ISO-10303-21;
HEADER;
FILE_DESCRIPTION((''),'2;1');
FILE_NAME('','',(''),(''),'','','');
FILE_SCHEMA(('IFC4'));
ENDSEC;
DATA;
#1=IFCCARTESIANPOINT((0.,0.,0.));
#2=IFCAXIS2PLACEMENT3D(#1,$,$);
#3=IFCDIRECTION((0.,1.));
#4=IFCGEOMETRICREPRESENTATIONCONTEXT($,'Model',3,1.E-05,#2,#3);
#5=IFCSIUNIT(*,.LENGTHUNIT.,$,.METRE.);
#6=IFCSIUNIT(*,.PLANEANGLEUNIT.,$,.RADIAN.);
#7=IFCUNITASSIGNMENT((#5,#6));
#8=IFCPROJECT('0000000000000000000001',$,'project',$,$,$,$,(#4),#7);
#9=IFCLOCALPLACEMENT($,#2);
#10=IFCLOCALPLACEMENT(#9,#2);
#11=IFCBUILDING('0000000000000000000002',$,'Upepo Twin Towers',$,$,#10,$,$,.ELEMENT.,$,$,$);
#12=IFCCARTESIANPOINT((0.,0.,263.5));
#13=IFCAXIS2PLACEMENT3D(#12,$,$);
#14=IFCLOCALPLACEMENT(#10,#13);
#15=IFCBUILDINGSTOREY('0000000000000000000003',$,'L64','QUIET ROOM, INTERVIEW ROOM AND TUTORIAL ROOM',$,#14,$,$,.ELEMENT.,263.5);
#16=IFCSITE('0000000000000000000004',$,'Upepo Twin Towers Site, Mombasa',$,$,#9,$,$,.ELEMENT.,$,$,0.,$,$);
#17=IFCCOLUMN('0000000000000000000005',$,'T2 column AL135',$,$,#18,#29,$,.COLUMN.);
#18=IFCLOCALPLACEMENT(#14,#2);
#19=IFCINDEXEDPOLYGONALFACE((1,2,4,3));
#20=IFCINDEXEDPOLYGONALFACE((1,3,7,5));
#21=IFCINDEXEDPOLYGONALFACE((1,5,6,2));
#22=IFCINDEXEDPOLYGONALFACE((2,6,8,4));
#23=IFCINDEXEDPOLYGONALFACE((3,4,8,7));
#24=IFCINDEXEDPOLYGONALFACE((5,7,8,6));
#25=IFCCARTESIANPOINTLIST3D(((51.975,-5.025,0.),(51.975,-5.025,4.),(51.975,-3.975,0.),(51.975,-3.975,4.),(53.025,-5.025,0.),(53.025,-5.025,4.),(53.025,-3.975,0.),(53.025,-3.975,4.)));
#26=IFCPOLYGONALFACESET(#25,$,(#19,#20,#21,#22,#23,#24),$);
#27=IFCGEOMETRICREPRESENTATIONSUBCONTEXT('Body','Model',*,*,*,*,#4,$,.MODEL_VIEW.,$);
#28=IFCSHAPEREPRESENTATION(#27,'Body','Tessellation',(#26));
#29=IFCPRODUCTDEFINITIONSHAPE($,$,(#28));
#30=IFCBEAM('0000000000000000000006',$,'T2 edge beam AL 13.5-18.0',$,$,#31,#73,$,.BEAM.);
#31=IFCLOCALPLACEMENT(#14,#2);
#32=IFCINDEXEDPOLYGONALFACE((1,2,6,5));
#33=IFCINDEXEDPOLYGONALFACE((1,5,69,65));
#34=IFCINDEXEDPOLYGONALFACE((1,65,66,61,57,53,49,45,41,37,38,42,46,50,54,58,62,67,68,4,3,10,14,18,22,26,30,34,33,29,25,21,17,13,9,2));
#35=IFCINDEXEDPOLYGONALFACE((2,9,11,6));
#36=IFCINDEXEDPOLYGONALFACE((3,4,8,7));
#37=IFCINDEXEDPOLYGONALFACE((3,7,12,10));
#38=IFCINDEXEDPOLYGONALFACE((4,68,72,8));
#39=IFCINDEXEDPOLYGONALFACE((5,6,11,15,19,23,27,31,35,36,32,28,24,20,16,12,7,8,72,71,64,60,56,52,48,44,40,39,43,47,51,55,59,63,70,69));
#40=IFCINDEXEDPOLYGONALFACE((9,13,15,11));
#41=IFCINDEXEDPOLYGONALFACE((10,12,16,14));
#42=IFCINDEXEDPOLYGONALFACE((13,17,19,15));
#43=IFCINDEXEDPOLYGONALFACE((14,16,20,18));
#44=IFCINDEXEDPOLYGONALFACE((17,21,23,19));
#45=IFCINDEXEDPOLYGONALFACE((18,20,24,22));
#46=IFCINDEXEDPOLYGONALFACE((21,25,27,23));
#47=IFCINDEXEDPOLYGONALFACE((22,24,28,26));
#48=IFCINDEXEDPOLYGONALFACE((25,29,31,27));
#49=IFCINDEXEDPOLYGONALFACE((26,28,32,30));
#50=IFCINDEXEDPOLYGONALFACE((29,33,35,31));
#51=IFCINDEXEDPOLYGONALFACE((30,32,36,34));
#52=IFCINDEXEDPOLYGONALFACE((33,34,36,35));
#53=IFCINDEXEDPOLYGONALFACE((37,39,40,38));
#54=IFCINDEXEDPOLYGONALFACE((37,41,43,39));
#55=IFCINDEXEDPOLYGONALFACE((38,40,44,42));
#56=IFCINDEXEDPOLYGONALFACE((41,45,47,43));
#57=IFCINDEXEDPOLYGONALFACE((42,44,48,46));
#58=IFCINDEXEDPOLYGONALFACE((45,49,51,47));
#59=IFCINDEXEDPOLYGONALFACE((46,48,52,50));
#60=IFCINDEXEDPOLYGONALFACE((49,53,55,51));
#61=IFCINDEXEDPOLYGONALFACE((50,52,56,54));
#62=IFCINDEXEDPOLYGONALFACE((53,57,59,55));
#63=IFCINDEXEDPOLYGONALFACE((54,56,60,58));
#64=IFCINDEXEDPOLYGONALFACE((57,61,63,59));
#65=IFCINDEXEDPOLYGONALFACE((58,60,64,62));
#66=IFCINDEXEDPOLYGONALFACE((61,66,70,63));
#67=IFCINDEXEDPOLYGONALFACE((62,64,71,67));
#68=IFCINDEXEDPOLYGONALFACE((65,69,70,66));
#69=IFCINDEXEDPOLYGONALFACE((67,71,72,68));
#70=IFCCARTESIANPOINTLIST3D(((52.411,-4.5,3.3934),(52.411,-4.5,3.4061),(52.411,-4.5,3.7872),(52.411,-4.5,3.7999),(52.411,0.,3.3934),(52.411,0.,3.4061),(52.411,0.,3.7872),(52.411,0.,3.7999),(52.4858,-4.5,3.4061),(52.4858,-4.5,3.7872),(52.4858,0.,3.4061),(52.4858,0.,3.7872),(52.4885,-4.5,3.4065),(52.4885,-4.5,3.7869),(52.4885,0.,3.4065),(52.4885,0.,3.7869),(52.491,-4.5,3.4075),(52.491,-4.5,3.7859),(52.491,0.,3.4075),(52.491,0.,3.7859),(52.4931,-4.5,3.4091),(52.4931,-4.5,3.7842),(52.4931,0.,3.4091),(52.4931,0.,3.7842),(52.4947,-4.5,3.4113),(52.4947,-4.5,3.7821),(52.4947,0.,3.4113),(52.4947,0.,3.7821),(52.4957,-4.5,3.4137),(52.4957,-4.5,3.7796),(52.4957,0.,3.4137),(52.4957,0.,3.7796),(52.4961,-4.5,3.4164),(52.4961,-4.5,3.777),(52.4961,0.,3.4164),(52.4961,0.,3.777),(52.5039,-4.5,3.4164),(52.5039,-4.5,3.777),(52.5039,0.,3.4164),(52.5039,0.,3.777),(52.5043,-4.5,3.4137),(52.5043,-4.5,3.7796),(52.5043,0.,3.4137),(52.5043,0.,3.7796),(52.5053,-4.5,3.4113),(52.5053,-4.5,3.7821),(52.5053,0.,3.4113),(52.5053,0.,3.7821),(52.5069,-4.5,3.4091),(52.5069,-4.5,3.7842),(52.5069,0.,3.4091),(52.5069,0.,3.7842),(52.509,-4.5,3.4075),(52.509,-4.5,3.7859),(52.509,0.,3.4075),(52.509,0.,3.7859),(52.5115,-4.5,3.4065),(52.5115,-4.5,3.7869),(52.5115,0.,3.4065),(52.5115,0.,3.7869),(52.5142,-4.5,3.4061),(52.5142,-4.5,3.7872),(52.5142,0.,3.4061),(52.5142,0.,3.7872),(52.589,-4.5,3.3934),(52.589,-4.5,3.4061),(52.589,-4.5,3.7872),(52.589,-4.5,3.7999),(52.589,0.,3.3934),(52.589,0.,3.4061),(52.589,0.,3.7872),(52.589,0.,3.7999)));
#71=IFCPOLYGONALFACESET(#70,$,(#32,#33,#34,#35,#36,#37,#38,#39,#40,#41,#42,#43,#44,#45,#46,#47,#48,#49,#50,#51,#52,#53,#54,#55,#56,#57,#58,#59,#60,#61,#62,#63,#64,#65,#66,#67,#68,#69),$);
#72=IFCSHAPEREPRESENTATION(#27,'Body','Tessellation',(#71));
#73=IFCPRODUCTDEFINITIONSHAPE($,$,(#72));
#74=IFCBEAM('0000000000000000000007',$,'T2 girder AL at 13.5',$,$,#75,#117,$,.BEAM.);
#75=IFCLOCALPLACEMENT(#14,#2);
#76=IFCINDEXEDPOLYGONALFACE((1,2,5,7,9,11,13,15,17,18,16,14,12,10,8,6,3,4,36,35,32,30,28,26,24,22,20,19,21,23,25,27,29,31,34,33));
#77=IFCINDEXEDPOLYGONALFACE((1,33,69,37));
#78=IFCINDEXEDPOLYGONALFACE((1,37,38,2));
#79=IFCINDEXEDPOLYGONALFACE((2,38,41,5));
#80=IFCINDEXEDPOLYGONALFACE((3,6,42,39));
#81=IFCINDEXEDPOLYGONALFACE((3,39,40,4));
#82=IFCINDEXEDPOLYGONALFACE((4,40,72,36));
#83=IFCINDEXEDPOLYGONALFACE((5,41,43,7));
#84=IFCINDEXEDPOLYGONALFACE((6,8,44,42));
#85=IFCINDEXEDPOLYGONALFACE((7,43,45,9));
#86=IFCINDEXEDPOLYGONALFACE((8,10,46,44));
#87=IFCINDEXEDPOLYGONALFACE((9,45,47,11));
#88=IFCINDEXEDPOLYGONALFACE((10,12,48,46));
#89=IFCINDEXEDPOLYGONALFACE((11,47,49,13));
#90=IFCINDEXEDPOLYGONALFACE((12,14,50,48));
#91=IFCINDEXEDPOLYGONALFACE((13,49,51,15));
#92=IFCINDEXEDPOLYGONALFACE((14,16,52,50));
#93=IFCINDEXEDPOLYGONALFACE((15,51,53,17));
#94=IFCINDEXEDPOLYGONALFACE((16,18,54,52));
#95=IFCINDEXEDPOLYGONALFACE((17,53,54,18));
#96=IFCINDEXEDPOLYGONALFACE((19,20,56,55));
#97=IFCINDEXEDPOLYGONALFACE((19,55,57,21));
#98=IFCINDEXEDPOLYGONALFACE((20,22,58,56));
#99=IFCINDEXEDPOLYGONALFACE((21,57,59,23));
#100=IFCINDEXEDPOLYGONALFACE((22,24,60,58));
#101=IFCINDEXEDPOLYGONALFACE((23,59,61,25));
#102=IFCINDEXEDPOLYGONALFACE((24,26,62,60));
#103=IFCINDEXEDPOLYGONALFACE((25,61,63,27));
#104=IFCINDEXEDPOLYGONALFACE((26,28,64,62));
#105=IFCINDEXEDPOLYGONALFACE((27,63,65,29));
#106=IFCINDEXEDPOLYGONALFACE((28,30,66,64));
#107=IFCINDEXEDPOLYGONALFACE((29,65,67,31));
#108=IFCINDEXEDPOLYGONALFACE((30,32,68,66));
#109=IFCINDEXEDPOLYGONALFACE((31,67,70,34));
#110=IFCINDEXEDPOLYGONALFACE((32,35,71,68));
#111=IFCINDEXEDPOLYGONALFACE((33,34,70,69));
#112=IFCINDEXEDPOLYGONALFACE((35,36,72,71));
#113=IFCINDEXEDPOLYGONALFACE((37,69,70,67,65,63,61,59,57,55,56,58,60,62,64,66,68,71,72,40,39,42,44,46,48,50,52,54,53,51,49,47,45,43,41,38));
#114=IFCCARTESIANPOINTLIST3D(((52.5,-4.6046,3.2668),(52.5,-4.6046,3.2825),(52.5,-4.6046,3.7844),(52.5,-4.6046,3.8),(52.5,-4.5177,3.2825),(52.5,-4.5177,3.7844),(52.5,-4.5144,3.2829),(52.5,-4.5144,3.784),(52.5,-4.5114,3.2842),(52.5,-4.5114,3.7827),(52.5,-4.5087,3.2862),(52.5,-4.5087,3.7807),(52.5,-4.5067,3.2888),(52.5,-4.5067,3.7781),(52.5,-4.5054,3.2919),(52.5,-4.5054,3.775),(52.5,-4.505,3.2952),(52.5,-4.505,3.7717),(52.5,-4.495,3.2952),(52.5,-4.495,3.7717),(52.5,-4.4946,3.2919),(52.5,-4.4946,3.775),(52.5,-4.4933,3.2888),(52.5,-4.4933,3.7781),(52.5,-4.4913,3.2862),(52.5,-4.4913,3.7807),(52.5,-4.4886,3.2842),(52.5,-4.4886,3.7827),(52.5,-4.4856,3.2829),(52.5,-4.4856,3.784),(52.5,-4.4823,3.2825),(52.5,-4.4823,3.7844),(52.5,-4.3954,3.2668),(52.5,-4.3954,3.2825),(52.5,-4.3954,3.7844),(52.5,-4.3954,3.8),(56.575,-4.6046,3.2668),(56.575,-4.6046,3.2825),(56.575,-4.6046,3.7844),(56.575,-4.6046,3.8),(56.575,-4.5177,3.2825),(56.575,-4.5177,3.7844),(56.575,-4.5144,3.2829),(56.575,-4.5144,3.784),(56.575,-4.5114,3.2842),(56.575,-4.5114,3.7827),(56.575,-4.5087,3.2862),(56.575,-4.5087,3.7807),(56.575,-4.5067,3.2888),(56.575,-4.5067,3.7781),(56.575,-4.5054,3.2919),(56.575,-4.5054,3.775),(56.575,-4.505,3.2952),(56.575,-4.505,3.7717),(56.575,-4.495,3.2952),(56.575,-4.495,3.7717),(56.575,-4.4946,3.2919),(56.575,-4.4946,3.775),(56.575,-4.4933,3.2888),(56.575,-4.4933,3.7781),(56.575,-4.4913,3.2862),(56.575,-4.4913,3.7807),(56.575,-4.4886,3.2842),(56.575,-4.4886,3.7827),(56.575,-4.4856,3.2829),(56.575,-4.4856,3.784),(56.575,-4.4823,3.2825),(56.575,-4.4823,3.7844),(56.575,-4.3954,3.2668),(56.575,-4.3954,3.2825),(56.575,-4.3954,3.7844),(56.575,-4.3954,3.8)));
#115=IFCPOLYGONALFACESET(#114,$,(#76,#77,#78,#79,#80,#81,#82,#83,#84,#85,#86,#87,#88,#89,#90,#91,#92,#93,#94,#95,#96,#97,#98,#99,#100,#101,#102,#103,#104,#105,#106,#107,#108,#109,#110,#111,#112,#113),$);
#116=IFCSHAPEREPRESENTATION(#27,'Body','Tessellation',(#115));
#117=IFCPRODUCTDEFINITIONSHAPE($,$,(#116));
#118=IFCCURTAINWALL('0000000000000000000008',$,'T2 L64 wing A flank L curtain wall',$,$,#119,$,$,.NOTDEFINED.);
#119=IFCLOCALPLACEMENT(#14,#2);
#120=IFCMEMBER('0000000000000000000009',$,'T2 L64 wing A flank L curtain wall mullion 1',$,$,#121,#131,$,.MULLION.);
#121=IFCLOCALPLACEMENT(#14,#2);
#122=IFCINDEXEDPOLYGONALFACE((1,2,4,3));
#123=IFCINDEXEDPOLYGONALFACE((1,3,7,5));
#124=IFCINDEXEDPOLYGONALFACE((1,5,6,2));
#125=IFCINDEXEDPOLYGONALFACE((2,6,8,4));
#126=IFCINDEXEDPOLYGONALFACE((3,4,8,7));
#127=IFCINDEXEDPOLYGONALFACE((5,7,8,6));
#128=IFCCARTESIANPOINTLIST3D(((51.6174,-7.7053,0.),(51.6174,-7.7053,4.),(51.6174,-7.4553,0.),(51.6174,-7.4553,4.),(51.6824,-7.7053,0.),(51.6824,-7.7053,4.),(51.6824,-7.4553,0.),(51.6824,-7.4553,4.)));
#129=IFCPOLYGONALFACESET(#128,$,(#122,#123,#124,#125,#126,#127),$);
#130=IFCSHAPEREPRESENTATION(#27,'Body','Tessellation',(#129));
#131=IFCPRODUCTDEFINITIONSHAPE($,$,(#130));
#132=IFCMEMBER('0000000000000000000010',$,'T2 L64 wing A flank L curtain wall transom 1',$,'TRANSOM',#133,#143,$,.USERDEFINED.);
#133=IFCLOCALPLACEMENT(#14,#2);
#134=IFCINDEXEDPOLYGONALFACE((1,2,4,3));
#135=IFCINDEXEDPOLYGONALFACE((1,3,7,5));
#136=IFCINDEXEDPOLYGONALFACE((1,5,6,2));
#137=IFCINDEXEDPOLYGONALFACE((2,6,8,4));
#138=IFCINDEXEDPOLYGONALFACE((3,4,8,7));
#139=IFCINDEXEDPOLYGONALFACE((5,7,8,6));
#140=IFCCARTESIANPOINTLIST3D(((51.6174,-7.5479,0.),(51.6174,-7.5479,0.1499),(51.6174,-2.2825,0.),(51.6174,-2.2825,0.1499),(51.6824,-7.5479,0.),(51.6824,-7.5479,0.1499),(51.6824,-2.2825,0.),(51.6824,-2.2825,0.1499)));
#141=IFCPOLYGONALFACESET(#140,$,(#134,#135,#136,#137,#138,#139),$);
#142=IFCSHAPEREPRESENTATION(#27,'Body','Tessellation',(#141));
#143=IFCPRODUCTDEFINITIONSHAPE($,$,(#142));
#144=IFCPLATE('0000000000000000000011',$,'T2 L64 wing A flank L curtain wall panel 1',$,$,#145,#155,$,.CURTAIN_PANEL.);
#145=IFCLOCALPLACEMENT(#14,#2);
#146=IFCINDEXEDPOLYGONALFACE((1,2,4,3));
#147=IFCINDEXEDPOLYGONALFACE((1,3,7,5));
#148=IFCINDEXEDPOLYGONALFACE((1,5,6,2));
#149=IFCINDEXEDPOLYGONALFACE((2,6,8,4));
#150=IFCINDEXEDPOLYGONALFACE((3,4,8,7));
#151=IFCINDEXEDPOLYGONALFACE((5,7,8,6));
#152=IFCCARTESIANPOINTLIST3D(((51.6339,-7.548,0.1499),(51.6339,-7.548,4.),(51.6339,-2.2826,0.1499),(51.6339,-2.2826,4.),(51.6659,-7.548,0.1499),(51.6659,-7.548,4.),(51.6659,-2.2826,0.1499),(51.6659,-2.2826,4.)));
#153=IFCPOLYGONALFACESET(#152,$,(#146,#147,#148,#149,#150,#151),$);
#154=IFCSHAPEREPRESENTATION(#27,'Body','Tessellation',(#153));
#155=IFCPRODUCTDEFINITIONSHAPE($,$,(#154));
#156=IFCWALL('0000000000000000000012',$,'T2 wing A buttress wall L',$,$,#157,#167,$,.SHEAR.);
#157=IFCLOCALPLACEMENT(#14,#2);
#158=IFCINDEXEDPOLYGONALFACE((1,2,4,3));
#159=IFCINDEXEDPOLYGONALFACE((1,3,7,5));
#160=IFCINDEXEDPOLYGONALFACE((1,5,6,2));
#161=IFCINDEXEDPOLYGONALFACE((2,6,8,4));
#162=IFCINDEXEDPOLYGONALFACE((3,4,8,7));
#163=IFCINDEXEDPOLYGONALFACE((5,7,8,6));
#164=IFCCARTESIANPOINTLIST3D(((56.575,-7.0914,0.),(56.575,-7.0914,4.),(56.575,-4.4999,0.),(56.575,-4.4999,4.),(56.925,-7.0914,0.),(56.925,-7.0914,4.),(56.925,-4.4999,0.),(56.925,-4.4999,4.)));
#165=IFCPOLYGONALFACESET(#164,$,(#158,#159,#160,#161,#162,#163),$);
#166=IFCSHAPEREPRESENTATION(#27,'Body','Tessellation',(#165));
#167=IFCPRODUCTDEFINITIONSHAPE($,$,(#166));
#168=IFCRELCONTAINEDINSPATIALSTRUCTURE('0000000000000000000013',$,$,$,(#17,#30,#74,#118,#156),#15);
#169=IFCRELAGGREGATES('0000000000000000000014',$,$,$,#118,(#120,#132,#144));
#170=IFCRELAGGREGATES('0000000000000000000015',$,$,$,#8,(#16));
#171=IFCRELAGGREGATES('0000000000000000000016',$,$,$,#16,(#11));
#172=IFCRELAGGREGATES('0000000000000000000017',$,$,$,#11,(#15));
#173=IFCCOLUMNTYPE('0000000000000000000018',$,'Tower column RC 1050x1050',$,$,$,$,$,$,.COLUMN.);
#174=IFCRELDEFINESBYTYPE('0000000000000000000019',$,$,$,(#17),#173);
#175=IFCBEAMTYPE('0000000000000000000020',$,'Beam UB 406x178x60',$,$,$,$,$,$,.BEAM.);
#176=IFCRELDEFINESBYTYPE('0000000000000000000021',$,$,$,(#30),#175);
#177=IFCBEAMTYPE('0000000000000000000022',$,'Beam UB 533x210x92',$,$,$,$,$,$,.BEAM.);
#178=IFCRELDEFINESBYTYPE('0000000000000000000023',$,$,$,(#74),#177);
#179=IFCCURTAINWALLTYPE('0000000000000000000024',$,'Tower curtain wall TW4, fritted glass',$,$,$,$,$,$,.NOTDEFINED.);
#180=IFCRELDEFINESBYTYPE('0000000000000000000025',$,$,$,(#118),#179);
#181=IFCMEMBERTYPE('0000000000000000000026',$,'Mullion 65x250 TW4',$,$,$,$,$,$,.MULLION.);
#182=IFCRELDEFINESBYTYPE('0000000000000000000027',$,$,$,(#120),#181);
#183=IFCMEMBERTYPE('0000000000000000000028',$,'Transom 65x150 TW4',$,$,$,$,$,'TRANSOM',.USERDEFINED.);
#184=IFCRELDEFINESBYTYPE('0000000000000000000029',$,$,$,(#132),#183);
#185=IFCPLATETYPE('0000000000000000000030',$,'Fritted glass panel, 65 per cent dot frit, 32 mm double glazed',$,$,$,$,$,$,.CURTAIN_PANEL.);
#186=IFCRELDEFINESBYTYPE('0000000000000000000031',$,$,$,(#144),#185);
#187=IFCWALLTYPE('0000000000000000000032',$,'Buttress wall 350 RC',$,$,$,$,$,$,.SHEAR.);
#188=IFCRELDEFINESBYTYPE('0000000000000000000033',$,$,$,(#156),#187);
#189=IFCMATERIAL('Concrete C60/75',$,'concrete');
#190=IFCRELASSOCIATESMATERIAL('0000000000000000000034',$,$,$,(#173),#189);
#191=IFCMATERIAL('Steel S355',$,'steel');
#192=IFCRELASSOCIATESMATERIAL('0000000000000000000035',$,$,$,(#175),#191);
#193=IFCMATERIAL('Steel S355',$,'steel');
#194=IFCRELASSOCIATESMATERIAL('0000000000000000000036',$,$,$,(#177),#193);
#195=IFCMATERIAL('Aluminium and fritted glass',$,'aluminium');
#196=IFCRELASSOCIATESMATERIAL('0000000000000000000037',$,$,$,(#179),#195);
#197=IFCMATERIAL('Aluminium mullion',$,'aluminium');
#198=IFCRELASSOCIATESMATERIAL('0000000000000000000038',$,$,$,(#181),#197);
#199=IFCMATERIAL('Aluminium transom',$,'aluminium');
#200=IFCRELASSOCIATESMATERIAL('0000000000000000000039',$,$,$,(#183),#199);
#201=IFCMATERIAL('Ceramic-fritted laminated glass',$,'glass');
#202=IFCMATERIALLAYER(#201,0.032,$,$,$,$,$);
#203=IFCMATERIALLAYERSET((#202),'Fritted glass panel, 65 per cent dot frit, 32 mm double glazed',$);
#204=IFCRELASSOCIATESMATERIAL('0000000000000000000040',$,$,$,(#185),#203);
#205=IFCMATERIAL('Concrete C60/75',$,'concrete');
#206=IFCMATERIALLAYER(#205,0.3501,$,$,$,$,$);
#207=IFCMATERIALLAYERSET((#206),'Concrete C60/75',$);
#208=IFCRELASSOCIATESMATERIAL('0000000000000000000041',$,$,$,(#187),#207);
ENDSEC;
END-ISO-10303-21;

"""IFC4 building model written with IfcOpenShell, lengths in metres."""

from ifc_helpers import new_model, si_unit, direction, frame, frame_2d, origin, origin_2d, place, context, subcontext, project, spatial, rectangle, i_section, extrude, material, layer, layer_set, material_profile, profile_set, type_object, element, aggregate, save


model = new_model("IFC4")

# Units and contexts
model_context = context("Model", 3, precision=1e-05, world=origin(), true_north=direction((0.0, 1.0)))
body_context = subcontext(model_context, "Body", "Model", "MODEL_VIEW")
ifc_project = project(units=[si_unit("LENGTHUNIT", "METRE"), si_unit("PLANEANGLEUNIT", "RADIAN")], contexts=[model_context])

# Site, building, storey
site_placement = place(None, origin())
site = spatial("IfcSite", under=ifc_project, at=site_placement, Name="Upepo Twin Towers Site, Mombasa", CompositionType="ELEMENT", RefElevation=0.0)
building_placement = place(site_placement, origin())
building = spatial("IfcBuilding", under=site, at=building_placement, Name="Upepo Twin Towers", CompositionType="ELEMENT")
storey_placement = place(building_placement, frame((0.0, 0.0, 263.5)))
storey = spatial("IfcBuildingStorey", under=building, at=storey_placement, Name="L64", Description="QUIET ROOM, INTERVIEW ROOM AND TUTORIAL ROOM", CompositionType="ELEMENT", Elevation=263.5)

# Column
ifc_material_1 = material(Name="Concrete C60/75", Category="concrete")
ifc_material_profile_1 = material_profile(ifc_material_1, rectangle(XDim=1.05, YDim=1.05, at=origin_2d()), Name="RC 1050x1050")
ifc_profile_set_1 = profile_set([ifc_material_profile_1], Name="Concrete C60/75")
column_type = type_object("IfcColumnType", Name="Tower column RC 1050x1050", PredefinedType="COLUMN", material=ifc_profile_set_1)
column_placement = place(storey_placement, frame((52.5, -4.5, 0.0), z_axis=(0.0, 0.0, 1.0), x_axis=(1.0, 0.0, 0.0)))
element("IfcColumn", 1, at=column_placement, inside=storey, type_object=column_type, Name="T2 column AL135", PredefinedType="COLUMN", context=body_context, shape_type="SweptSolid", body=[
    extrude(rectangle(XDim=1.05, YDim=1.05, at=origin_2d()), origin(), (0.0, 0.0, 1.0), 4.0),
])

# Beams
ifc_material_2 = material(Name="Steel S355", Category="steel")
ifc_material_profile_2 = material_profile(ifc_material_2, i_section(OverallWidth=0.178, OverallDepth=0.4065, WebThickness=0.0078, FlangeThickness=0.0127, FilletRadius=0.0103, at=origin_2d()), Name="UB 406x178x60")
ifc_profile_set_2 = profile_set([ifc_material_profile_2], Name="Steel S355")
beam_type_1 = type_object("IfcBeamType", Name="Beam UB 406x178x60", PredefinedType="BEAM", material=ifc_profile_set_2)
beam_1_placement = place(storey_placement, frame((52.5, -4.5, 3.5967), z_axis=(0.0, 1.0, 0.0), x_axis=(-1.0, 0.0, 0.0)))
element("IfcBeam", 2, at=beam_1_placement, inside=storey, type_object=beam_type_1, Name="T2 edge beam AL 13.5-18.0", PredefinedType="BEAM", context=body_context, shape_type="SweptSolid", body=[
    extrude(i_section(OverallWidth=0.178, OverallDepth=0.4065, WebThickness=0.0078, FlangeThickness=0.0127, FilletRadius=0.0103, at=origin_2d()), origin(), (0.0, 0.0, 1.0), 4.5),
])
ifc_material_3 = material(Name="Steel S355", Category="steel")
ifc_material_profile_3 = material_profile(ifc_material_3, i_section(OverallWidth=0.2092, OverallDepth=0.5332, WebThickness=0.01, FlangeThickness=0.0156, FilletRadius=0.0127, at=origin_2d()), Name="UB 533x210x92")
ifc_profile_set_3 = profile_set([ifc_material_profile_3], Name="Steel S355")
beam_type_2 = type_object("IfcBeamType", Name="Beam UB 533x210x92", PredefinedType="BEAM", material=ifc_profile_set_3)
beam_2_placement = place(storey_placement, frame((52.5, -4.5, 3.5334), z_axis=(1.0, 0.0, 0.0), x_axis=(0.0, 1.0, 0.0)))
element("IfcBeam", 3, at=beam_2_placement, inside=storey, type_object=beam_type_2, Name="T2 girder AL at 13.5", PredefinedType="BEAM", context=body_context, shape_type="SweptSolid", body=[
    extrude(i_section(OverallWidth=0.2092, OverallDepth=0.5332, WebThickness=0.01, FlangeThickness=0.0156, FilletRadius=0.0127, at=origin_2d()), origin(), (0.0, 0.0, 1.0), 4.075),
])

# Curtain wall, members, plate
ifc_material_4 = material(Name="Aluminium and fritted glass", Category="aluminium")
curtain_wall_type = type_object("IfcCurtainWallType", Name="Tower curtain wall TW4, fritted glass", PredefinedType="NOTDEFINED", material=ifc_material_4)
curtain_wall_placement = place(storey_placement, origin())
curtain_wall = element("IfcCurtainWall", 4, at=curtain_wall_placement, inside=storey, type_object=curtain_wall_type, Name="T2 L64 wing A flank L curtain wall", PredefinedType="NOTDEFINED")
ifc_material_5 = material(Name="Aluminium mullion", Category="aluminium")
ifc_material_profile_4 = material_profile(ifc_material_5, rectangle(XDim=0.0649, YDim=0.25, at=origin_2d()), Name="MULLION 65x250")
ifc_profile_set_4 = profile_set([ifc_material_profile_4], Name="Aluminium mullion")
member_type_1 = type_object("IfcMemberType", Name="Mullion 65x250 TW4", PredefinedType="MULLION", material=ifc_profile_set_4)
member_1_placement = place(storey_placement, frame((51.6499, -7.5803, 0.0), z_axis=(0.0, 0.0, 1.0), x_axis=(-1.0, 0.0, 0.0)))
member_1 = element("IfcMember", 5, at=member_1_placement, type_object=member_type_1, Name="T2 L64 wing A flank L curtain wall mullion 1", PredefinedType="MULLION", context=body_context, shape_type="SweptSolid", body=[
    extrude(rectangle(XDim=0.0649, YDim=0.25, at=origin_2d()), origin(), (0.0, 0.0, 1.0), 4.0),
])
ifc_material_6 = material(Name="Aluminium transom", Category="aluminium")
ifc_material_profile_5 = material_profile(ifc_material_6, rectangle(XDim=0.0649, YDim=0.1499, at=origin_2d()), Name="TRANSOM 65x150")
ifc_profile_set_5 = profile_set([ifc_material_profile_5], Name="Aluminium transom")
member_type_2 = type_object("IfcMemberType", Name="Transom 65x150 TW4", ElementType="TRANSOM", PredefinedType="USERDEFINED", material=ifc_profile_set_5)
member_2_placement = place(storey_placement, frame((51.6499, -7.5479, 0.075), z_axis=(0.0, 1.0, 0.0), x_axis=(-1.0, 0.0, 0.0)))
member_2 = element("IfcMember", 6, at=member_2_placement, type_object=member_type_2, Name="T2 L64 wing A flank L curtain wall transom 1", ObjectType="TRANSOM", PredefinedType="USERDEFINED", context=body_context, shape_type="SweptSolid", body=[
    extrude(rectangle(XDim=0.0649, YDim=0.1499, at=origin_2d()), origin(), (0.0, 0.0, 1.0), 5.2654),
])
ifc_material_7 = material(Name="Ceramic-fritted laminated glass", Category="glass")
ifc_layer_1 = layer(ifc_material_7, 0.032)
ifc_layer_set_1 = layer_set([ifc_layer_1], Name="Fritted glass panel, 65 per cent dot frit, 32 mm double glazed")
plate_type = type_object("IfcPlateType", Name="Fritted glass panel, 65 per cent dot frit, 32 mm double glazed", PredefinedType="CURTAIN_PANEL", material=ifc_layer_set_1)
plate_placement = place(storey_placement, frame((51.6499, -4.9153, 0.1499), z_axis=(0.0, 0.0, 1.0), x_axis=(0.0, 1.0, 0.0)))
plate = element("IfcPlate", 7, at=plate_placement, type_object=plate_type, Name="T2 L64 wing A flank L curtain wall panel 1", PredefinedType="CURTAIN_PANEL", context=body_context, shape_type="SweptSolid", body=[
    extrude(rectangle(XDim=5.2654, YDim=0.032, at=origin_2d()), origin(), (0.0, 0.0, 1.0), 3.8501),
])
aggregate(curtain_wall, [member_1, member_2, plate])

# Wall
ifc_material_8 = material(Name="Concrete C60/75", Category="concrete")
ifc_layer_2 = layer(ifc_material_8, 0.3501)
ifc_layer_set_2 = layer_set([ifc_layer_2], Name="Concrete C60/75")
wall_type_1 = type_object("IfcWallType", Name="Buttress wall 350 RC", PredefinedType="SHEAR", material=ifc_layer_set_2)
wall_1_placement = place(storey_placement, frame((56.75, -7.0916, 0.0), z_axis=(0.0, 0.0, 1.0), x_axis=(0.0, 1.0, 0.0)))
element("IfcWall", 8, at=wall_1_placement, inside=storey, type_object=wall_type_1, Name="T2 wing A buttress wall L", PredefinedType="SHEAR", context=body_context, shape_type="SweptSolid", body=[
    extrude(rectangle(XDim=2.5916, YDim=0.3501, at=frame_2d((1.2959, 0.0))), origin(), (0.0, 0.0, 1.0), 4.0),
])

save(model, "model.ifc")
